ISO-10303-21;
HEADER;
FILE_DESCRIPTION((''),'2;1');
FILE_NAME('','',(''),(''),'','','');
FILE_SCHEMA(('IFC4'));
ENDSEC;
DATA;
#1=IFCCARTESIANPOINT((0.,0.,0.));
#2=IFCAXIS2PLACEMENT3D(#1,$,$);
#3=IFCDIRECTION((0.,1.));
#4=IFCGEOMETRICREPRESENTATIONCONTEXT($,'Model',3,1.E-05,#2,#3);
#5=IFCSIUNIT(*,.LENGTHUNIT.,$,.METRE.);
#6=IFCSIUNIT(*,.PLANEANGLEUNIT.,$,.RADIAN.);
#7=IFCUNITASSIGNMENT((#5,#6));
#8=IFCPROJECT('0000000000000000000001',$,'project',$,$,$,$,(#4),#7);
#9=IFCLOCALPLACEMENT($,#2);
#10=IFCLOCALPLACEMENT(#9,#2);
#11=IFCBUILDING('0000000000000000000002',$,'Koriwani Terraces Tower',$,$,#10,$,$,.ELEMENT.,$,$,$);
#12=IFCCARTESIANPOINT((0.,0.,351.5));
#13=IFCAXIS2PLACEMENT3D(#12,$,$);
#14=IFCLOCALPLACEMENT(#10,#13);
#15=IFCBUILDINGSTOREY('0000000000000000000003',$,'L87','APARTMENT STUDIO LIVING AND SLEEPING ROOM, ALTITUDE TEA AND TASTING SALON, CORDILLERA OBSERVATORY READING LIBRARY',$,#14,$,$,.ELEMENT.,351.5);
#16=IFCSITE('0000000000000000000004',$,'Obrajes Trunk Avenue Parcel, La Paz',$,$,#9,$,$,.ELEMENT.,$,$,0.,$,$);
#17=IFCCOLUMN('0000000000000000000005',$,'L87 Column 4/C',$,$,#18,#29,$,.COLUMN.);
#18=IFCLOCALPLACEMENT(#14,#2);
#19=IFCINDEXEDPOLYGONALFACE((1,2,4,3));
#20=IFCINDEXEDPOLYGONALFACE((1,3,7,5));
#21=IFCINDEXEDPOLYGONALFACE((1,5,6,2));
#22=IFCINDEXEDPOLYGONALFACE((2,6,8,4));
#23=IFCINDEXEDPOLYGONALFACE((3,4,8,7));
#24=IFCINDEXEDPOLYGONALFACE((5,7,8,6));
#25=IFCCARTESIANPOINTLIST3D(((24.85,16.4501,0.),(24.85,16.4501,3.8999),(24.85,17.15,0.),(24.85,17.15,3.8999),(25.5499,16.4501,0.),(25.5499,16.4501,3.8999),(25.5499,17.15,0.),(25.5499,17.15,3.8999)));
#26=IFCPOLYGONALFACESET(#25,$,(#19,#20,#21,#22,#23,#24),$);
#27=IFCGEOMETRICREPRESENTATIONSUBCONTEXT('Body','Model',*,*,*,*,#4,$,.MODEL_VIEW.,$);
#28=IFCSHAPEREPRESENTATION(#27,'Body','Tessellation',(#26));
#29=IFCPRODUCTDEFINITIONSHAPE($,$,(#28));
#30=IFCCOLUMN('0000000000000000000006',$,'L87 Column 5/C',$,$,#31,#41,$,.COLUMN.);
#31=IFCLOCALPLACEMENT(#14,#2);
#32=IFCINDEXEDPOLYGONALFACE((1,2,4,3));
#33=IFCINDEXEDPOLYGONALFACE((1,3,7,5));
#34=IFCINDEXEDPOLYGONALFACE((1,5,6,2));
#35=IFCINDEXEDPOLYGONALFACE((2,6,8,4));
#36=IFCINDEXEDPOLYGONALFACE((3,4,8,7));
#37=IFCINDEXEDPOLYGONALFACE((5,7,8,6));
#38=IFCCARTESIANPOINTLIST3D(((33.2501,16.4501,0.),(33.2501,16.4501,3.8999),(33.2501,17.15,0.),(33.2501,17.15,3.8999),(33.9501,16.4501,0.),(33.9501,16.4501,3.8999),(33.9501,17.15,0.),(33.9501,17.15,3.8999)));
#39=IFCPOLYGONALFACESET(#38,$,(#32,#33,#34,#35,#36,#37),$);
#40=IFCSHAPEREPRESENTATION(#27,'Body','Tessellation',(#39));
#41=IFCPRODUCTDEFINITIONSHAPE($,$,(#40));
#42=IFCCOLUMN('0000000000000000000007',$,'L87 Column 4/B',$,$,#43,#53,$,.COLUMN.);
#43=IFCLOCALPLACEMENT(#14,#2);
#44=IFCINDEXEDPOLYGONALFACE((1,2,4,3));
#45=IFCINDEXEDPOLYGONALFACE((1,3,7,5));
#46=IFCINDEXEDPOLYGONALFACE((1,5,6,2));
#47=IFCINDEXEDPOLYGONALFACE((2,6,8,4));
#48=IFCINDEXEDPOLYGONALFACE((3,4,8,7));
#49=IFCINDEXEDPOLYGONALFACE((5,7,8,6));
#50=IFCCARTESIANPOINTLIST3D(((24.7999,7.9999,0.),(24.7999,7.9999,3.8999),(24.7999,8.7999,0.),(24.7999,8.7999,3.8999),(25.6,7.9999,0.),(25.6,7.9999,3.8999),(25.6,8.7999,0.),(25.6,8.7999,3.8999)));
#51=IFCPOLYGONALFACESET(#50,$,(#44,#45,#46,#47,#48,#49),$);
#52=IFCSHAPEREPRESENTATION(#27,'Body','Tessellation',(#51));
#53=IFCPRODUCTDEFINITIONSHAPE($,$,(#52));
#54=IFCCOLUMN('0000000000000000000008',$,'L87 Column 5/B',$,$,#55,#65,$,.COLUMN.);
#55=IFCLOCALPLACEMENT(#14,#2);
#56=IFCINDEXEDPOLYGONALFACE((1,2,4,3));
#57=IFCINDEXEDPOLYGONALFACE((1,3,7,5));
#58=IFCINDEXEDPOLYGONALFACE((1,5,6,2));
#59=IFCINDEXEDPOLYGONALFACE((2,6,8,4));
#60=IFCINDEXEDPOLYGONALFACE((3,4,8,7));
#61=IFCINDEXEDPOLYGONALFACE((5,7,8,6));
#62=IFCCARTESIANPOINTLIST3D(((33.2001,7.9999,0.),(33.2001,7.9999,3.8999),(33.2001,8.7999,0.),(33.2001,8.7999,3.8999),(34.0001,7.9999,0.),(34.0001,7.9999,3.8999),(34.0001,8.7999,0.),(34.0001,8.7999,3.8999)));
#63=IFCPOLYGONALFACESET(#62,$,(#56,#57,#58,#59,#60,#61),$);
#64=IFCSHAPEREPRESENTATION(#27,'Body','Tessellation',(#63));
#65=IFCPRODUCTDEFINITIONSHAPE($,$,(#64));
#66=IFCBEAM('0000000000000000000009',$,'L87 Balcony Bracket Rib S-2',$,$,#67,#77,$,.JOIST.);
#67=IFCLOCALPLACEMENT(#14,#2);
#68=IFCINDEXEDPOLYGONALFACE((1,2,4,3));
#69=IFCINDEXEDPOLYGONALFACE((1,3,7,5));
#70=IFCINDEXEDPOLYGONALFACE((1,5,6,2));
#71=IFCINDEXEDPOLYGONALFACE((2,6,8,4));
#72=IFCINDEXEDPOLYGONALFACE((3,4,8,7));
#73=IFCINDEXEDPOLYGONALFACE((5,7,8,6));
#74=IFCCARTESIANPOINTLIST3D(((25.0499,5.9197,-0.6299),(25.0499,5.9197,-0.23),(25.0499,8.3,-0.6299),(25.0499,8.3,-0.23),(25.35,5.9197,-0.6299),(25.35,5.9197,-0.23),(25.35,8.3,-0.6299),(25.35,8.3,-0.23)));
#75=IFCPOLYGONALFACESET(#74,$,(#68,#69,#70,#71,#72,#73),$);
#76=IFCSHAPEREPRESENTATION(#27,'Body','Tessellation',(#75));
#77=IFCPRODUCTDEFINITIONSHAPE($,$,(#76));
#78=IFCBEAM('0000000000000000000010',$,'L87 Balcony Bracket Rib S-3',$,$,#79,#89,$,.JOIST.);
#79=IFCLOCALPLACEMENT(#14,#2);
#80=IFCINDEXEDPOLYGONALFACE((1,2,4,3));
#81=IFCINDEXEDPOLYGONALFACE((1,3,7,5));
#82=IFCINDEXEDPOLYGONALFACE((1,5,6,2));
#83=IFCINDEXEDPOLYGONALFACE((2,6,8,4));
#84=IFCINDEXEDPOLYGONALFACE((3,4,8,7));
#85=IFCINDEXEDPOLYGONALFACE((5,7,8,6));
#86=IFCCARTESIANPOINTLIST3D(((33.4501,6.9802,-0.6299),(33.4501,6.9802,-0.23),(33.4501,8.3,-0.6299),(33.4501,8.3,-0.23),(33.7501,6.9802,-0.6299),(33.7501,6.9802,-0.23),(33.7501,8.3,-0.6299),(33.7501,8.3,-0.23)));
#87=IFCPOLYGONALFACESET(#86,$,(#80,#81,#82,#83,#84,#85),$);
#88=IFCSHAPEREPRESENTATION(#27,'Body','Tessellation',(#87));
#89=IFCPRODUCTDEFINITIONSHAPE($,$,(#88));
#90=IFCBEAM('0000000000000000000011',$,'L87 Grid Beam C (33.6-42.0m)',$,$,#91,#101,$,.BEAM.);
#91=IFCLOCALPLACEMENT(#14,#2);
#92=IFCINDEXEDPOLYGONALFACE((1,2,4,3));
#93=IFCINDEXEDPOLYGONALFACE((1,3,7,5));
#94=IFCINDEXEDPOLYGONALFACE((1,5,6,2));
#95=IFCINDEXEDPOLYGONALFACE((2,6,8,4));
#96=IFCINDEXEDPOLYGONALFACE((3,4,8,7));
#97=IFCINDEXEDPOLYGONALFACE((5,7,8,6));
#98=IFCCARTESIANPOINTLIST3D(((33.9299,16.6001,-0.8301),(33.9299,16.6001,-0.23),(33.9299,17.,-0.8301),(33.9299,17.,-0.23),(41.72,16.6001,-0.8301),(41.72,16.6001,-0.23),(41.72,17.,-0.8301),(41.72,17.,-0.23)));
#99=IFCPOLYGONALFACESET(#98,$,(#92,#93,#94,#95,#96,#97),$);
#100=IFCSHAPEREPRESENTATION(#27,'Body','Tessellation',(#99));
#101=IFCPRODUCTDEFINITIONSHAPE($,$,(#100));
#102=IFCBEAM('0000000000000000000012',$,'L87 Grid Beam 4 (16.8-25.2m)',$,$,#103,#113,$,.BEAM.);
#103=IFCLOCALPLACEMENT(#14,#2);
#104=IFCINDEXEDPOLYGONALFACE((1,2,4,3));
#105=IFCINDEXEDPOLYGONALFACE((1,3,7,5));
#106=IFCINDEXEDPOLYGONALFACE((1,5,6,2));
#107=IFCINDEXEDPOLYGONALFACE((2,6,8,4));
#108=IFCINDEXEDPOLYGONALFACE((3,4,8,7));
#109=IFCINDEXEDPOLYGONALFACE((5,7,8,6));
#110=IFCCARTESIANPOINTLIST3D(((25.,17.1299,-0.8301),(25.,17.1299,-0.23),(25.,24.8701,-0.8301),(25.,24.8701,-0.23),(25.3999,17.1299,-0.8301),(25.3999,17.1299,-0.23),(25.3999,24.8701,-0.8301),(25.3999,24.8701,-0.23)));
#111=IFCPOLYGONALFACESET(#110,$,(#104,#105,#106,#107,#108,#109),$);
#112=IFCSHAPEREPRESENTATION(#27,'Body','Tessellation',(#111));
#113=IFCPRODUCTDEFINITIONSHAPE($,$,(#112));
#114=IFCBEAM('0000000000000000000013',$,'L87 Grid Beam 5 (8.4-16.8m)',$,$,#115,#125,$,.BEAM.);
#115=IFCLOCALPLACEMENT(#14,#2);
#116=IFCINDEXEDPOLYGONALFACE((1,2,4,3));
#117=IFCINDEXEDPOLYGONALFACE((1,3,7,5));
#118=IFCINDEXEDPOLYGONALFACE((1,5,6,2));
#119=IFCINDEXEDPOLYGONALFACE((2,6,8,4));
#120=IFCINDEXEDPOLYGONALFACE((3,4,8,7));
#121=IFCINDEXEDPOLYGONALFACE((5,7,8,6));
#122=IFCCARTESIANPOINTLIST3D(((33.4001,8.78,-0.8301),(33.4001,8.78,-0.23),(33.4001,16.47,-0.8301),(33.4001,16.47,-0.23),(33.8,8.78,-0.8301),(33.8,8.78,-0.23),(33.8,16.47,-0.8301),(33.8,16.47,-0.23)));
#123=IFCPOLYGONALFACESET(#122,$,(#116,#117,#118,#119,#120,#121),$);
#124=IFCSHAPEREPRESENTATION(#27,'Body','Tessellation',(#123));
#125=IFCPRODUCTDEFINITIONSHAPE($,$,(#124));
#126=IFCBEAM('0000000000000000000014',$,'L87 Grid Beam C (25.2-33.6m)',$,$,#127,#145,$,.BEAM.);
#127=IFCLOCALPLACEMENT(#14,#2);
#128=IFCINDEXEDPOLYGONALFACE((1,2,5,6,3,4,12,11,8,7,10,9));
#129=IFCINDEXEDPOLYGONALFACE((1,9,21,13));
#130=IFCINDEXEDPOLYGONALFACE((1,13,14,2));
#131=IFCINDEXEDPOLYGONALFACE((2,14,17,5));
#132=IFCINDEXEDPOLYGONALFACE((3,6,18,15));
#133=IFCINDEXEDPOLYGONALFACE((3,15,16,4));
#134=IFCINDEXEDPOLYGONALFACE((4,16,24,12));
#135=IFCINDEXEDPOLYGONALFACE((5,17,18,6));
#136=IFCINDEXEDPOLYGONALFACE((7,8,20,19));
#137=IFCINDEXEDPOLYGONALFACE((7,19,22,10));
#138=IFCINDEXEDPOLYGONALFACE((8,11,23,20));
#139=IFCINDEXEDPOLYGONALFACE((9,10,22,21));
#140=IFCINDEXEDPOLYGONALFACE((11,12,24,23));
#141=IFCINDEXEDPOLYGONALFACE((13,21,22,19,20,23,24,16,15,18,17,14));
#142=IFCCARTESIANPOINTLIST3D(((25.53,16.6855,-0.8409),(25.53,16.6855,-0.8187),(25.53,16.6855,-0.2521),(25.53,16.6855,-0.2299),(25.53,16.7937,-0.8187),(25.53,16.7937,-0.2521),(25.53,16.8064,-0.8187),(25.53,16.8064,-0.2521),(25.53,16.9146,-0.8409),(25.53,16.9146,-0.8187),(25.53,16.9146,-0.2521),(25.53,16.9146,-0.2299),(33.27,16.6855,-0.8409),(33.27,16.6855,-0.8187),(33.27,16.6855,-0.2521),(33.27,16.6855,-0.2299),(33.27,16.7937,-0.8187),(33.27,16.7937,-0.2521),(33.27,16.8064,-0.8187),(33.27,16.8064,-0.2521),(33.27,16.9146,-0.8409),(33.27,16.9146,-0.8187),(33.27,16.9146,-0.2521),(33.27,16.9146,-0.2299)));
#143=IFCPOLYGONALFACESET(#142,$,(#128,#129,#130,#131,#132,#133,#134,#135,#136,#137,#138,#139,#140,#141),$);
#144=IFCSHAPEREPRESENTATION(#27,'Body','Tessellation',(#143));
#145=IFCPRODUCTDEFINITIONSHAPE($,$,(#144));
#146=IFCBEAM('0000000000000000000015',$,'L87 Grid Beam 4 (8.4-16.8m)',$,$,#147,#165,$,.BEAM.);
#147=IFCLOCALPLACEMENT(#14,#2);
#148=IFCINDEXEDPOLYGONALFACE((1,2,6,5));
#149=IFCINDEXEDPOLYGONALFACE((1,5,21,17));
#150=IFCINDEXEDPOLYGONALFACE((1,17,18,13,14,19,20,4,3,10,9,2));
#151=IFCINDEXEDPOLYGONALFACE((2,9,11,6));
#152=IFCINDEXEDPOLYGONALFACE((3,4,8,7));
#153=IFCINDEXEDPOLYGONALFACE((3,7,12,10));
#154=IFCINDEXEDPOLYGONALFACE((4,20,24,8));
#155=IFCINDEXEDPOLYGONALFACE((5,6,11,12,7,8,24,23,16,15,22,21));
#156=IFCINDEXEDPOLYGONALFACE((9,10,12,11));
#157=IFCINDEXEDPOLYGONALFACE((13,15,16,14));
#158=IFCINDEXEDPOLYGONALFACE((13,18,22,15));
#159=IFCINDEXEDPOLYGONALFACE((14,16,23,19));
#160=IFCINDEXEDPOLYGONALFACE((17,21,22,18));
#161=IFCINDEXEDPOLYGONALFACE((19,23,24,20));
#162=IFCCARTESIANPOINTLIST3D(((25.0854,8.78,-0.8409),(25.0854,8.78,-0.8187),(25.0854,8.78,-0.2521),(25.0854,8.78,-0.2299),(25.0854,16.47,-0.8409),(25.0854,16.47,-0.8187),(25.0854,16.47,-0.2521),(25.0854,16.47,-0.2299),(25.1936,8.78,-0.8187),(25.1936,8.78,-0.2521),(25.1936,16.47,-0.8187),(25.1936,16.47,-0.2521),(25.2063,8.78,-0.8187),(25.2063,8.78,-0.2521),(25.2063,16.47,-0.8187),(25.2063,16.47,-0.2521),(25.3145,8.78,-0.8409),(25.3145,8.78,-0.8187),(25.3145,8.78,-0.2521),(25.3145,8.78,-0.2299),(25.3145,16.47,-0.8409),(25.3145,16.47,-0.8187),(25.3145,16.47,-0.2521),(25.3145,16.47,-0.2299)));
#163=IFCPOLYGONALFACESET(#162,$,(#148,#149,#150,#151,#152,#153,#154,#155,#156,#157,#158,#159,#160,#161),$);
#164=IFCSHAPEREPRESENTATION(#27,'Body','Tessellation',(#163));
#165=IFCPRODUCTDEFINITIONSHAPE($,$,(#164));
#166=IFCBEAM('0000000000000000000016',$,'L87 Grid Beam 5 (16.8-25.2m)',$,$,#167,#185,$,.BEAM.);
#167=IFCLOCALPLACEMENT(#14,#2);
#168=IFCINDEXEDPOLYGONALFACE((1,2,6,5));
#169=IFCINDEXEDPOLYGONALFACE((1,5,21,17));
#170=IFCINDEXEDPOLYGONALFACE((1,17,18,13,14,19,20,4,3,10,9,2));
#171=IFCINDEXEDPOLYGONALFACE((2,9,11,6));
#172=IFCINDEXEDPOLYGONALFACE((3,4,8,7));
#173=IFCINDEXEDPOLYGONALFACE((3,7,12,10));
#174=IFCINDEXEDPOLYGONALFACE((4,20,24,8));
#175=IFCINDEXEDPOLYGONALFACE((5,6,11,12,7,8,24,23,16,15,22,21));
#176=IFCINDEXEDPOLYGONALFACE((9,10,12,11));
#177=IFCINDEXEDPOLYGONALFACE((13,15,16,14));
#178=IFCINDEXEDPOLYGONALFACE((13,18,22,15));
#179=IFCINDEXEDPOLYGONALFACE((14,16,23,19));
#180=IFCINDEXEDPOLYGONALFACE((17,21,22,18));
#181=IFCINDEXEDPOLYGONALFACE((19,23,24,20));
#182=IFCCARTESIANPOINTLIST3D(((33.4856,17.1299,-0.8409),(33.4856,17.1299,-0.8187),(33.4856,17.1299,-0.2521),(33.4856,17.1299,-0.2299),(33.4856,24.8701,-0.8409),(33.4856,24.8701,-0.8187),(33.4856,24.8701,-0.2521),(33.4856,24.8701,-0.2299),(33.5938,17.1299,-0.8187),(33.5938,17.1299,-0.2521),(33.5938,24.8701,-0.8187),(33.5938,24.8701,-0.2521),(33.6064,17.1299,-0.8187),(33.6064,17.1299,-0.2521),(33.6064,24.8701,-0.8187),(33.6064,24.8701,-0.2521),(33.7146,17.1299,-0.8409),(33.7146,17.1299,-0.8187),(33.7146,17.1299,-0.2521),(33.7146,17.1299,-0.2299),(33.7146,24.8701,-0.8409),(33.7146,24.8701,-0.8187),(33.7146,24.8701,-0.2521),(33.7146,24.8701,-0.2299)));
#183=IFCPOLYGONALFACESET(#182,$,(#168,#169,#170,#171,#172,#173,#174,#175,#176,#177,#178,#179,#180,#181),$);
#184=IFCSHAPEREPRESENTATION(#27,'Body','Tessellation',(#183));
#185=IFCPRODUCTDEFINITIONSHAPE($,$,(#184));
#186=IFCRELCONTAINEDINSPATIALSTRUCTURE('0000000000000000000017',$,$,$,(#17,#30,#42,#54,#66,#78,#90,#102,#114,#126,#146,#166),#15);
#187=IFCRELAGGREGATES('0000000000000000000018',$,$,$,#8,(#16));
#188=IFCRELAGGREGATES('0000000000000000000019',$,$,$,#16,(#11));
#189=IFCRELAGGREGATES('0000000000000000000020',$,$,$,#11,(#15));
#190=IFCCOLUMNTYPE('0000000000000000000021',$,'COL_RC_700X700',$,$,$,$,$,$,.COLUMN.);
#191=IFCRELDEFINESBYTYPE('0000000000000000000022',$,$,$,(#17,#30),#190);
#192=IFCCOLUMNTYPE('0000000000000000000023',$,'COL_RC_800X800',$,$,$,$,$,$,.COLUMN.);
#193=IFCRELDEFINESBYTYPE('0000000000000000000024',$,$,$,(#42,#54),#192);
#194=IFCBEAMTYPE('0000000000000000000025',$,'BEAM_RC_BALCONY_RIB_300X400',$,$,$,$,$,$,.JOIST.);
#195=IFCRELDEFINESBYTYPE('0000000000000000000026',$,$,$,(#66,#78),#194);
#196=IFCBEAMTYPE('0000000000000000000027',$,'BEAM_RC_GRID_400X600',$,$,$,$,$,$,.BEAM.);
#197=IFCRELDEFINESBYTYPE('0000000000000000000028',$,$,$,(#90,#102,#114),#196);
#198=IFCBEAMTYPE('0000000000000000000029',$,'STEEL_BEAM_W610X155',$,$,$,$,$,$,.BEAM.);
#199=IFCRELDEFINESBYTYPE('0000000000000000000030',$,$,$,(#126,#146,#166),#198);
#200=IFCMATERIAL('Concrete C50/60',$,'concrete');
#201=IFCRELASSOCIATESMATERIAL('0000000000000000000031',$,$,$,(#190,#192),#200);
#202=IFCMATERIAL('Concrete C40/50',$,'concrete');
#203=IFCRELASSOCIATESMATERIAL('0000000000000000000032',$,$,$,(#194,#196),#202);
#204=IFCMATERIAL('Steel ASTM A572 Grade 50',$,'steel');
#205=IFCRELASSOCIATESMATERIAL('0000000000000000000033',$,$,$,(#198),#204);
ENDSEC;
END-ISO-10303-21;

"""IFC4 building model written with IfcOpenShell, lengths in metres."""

from ifc_helpers import new_model, si_unit, direction, frame, origin, origin_2d, place, context, subcontext, project, spatial, rectangle, i_section, extrude, material, material_profile, profile_set, type_object, element, save


model = new_model("IFC4")

# Units and contexts
model_context = context("Model", 3, precision=1e-05, world=origin(), true_north=direction((0.0, 1.0)))
body_context = subcontext(model_context, "Body", "Model", "MODEL_VIEW")
ifc_project = project(units=[si_unit("LENGTHUNIT", "METRE"), si_unit("PLANEANGLEUNIT", "RADIAN")], contexts=[model_context])

# Site, building, storey
site_placement = place(None, origin())
site = spatial("IfcSite", under=ifc_project, at=site_placement, Name="Obrajes Trunk Avenue Parcel, La Paz", CompositionType="ELEMENT", RefElevation=0.0)
building_placement = place(site_placement, origin())
building = spatial("IfcBuilding", under=site, at=building_placement, Name="Koriwani Terraces Tower", CompositionType="ELEMENT")
storey_placement = place(building_placement, frame((0.0, 0.0, 351.5)))
storey = spatial("IfcBuildingStorey", under=building, at=storey_placement, Name="L87", Description="APARTMENT STUDIO LIVING AND SLEEPING ROOM, ALTITUDE TEA AND TASTING SALON, CORDILLERA OBSERVATORY READING LIBRARY", CompositionType="ELEMENT", Elevation=351.5)

# Columns
ifc_material_1 = material(Name="Concrete C50/60", Category="concrete")
ifc_material_profile_1 = material_profile(ifc_material_1, rectangle(XDim=0.7, YDim=0.7, at=origin_2d()), Name="Concrete C50/60", Category="LoadBearing")
ifc_profile_set_1 = profile_set([ifc_material_profile_1], Name="Concrete C50/60")
column_type_1 = type_object("IfcColumnType", Name="COL_RC_700X700", PredefinedType="COLUMN", material=ifc_profile_set_1)
for number, where, z_axis, x_axis, name in (
    (1, (25.2, 16.8, 0.0), (0.0, 0.0, 1.0), (1.0, 0.0, 0.0), "L87 Column 4/C"),
    (2, (33.6001, 16.8, 0.0), (0.0, 0.0, 1.0), (1.0, 0.0, 0.0), "L87 Column 5/C"),
):
    element("IfcColumn", number, at=place(storey_placement, frame(where, z_axis=z_axis, x_axis=x_axis)), inside=storey, type_object=column_type_1, Name=name, PredefinedType="COLUMN", context=body_context, shape_type="SweptSolid", body=[
        extrude(rectangle(XDim=0.7, YDim=0.7, at=origin_2d()), origin(), (0.0, 0.0, 1.0), 3.8999),
    ])
ifc_material_profile_2 = material_profile(ifc_material_1, rectangle(XDim=0.8, YDim=0.8, at=origin_2d()), Name="Concrete C50/60", Category="LoadBearing")
ifc_profile_set_2 = profile_set([ifc_material_profile_2], Name="Concrete C50/60")
column_type_2 = type_object("IfcColumnType", Name="COL_RC_800X800", PredefinedType="COLUMN", material=ifc_profile_set_2)
for number, where, z_axis, x_axis, name in (
    (3, (25.2, 8.3999, 0.0), (0.0, 0.0, 1.0), (1.0, 0.0, 0.0), "L87 Column 4/B"),
    (4, (33.6001, 8.3999, 0.0), (0.0, 0.0, 1.0), (1.0, 0.0, 0.0), "L87 Column 5/B"),
):
    element("IfcColumn", number, at=place(storey_placement, frame(where, z_axis=z_axis, x_axis=x_axis)), inside=storey, type_object=column_type_2, Name=name, PredefinedType="COLUMN", context=body_context, shape_type="SweptSolid", body=[
        extrude(rectangle(XDim=0.8, YDim=0.8, at=origin_2d()), origin(), (0.0, 0.0, 1.0), 3.8999),
    ])

# Beams
ifc_material_2 = material(Name="Concrete C40/50", Category="concrete")
ifc_material_profile_3 = material_profile(ifc_material_2, rectangle(XDim=0.3, YDim=0.3999, at=origin_2d()), Name="Concrete C40/50", Category="LoadBearing")
ifc_profile_set_3 = profile_set([ifc_material_profile_3], Name="Concrete C40/50")
beam_type_1 = type_object("IfcBeamType", Name="BEAM_RC_BALCONY_RIB_300X400", PredefinedType="JOIST", material=ifc_profile_set_3)
beam_1_placement = place(storey_placement, frame((25.2, 5.9197, -0.4299), z_axis=(0.0, 1.0, 0.0), x_axis=(-1.0, 0.0, 0.0)))
element("IfcBeam", 5, at=beam_1_placement, inside=storey, type_object=beam_type_1, Name="L87 Balcony Bracket Rib S-2", PredefinedType="JOIST", context=body_context, shape_type="SweptSolid", body=[
    extrude(rectangle(XDim=0.3, YDim=0.3999, at=origin_2d()), origin(), (0.0, 0.0, 1.0), 2.3804),
])
beam_2_placement = place(storey_placement, frame((33.6001, 6.9802, -0.4299), z_axis=(0.0, 1.0, 0.0), x_axis=(-1.0, 0.0, 0.0)))
element("IfcBeam", 6, at=beam_2_placement, inside=storey, type_object=beam_type_1, Name="L87 Balcony Bracket Rib S-3", PredefinedType="JOIST", context=body_context, shape_type="SweptSolid", body=[
    extrude(rectangle(XDim=0.3, YDim=0.3999, at=origin_2d()), origin(), (0.0, 0.0, 1.0), 1.3198),
])
ifc_material_profile_4 = material_profile(ifc_material_2, rectangle(XDim=0.3999, YDim=0.6001, at=origin_2d()), Name="Concrete C40/50", Category="LoadBearing")
ifc_profile_set_4 = profile_set([ifc_material_profile_4], Name="Concrete C40/50")
beam_type_2 = type_object("IfcBeamType", Name="BEAM_RC_GRID_400X600", PredefinedType="BEAM", material=ifc_profile_set_4)
beam_3_placement = place(storey_placement, frame((33.9299, 16.8, -0.53), z_axis=(1.0, 0.0, 0.0), x_axis=(0.0, 1.0, 0.0)))
element("IfcBeam", 7, at=beam_3_placement, inside=storey, type_object=beam_type_2, Name="L87 Grid Beam C (33.6-42.0m)", PredefinedType="BEAM", context=body_context, shape_type="SweptSolid", body=[
    extrude(rectangle(XDim=0.3999, YDim=0.6001, at=origin_2d()), origin(), (0.0, 0.0, 1.0), 7.79),
])
beam_4_placement = place(storey_placement, frame((25.2, 17.1299, -0.53), z_axis=(0.0, 1.0, 0.0), x_axis=(-1.0, 0.0, 0.0)))
element("IfcBeam", 8, at=beam_4_placement, inside=storey, type_object=beam_type_2, Name="L87 Grid Beam 4 (16.8-25.2m)", PredefinedType="BEAM", context=body_context, shape_type="SweptSolid", body=[
    extrude(rectangle(XDim=0.3999, YDim=0.6001, at=origin_2d()), origin(), (0.0, 0.0, 1.0), 7.7402),
])
beam_5_placement = place(storey_placement, frame((33.6001, 8.78, -0.53), z_axis=(0.0, 1.0, 0.0), x_axis=(-1.0, 0.0, 0.0)))
element("IfcBeam", 9, at=beam_5_placement, inside=storey, type_object=beam_type_2, Name="L87 Grid Beam 5 (8.4-16.8m)", PredefinedType="BEAM", context=body_context, shape_type="SweptSolid", body=[
    extrude(rectangle(XDim=0.3999, YDim=0.6001, at=origin_2d()), origin(), (0.0, 0.0, 1.0), 7.6899),
])
ifc_material_3 = material(Name="Steel ASTM A572 Grade 50", Category="steel")
ifc_material_profile_5 = material_profile(ifc_material_3, i_section(OverallWidth=0.229, OverallDepth=0.6111, WebThickness=0.0127, FlangeThickness=0.0222, at=origin_2d()), Name="Steel ASTM A572 Grade 50", Category="LoadBearing")
ifc_profile_set_5 = profile_set([ifc_material_profile_5], Name="Steel ASTM A572 Grade 50")
beam_type_3 = type_object("IfcBeamType", Name="STEEL_BEAM_W610X155", PredefinedType="BEAM", material=ifc_profile_set_5)
beam_6_placement = place(storey_placement, frame((25.53, 16.8, -0.5354), z_axis=(1.0, 0.0, 0.0), x_axis=(0.0, 1.0, 0.0)))
element("IfcBeam", 10, at=beam_6_placement, inside=storey, type_object=beam_type_3, Name="L87 Grid Beam C (25.2-33.6m)", PredefinedType="BEAM", context=body_context, shape_type="SweptSolid", body=[
    extrude(i_section(OverallWidth=0.229, OverallDepth=0.6111, WebThickness=0.0127, FlangeThickness=0.0222, at=origin_2d()), origin(), (0.0, 0.0, 1.0), 7.74),
])
beam_7_placement = place(storey_placement, frame((25.2, 8.78, -0.5354), z_axis=(0.0, 1.0, 0.0), x_axis=(-1.0, 0.0, 0.0)))
element("IfcBeam", 11, at=beam_7_placement, inside=storey, type_object=beam_type_3, Name="L87 Grid Beam 4 (8.4-16.8m)", PredefinedType="BEAM", context=body_context, shape_type="SweptSolid", body=[
    extrude(i_section(OverallWidth=0.229, OverallDepth=0.6111, WebThickness=0.0127, FlangeThickness=0.0222, at=origin_2d()), origin(), (0.0, 0.0, 1.0), 7.6899),
])
beam_8_placement = place(storey_placement, frame((33.6001, 17.1299, -0.5354), z_axis=(0.0, 1.0, 0.0), x_axis=(-1.0, 0.0, 0.0)))
element("IfcBeam", 12, at=beam_8_placement, inside=storey, type_object=beam_type_3, Name="L87 Grid Beam 5 (16.8-25.2m)", PredefinedType="BEAM", context=body_context, shape_type="SweptSolid", body=[
    extrude(i_section(OverallWidth=0.229, OverallDepth=0.6111, WebThickness=0.0127, FlangeThickness=0.0222, at=origin_2d()), origin(), (0.0, 0.0, 1.0), 7.7402),
])

save(model, "model.ifc")
